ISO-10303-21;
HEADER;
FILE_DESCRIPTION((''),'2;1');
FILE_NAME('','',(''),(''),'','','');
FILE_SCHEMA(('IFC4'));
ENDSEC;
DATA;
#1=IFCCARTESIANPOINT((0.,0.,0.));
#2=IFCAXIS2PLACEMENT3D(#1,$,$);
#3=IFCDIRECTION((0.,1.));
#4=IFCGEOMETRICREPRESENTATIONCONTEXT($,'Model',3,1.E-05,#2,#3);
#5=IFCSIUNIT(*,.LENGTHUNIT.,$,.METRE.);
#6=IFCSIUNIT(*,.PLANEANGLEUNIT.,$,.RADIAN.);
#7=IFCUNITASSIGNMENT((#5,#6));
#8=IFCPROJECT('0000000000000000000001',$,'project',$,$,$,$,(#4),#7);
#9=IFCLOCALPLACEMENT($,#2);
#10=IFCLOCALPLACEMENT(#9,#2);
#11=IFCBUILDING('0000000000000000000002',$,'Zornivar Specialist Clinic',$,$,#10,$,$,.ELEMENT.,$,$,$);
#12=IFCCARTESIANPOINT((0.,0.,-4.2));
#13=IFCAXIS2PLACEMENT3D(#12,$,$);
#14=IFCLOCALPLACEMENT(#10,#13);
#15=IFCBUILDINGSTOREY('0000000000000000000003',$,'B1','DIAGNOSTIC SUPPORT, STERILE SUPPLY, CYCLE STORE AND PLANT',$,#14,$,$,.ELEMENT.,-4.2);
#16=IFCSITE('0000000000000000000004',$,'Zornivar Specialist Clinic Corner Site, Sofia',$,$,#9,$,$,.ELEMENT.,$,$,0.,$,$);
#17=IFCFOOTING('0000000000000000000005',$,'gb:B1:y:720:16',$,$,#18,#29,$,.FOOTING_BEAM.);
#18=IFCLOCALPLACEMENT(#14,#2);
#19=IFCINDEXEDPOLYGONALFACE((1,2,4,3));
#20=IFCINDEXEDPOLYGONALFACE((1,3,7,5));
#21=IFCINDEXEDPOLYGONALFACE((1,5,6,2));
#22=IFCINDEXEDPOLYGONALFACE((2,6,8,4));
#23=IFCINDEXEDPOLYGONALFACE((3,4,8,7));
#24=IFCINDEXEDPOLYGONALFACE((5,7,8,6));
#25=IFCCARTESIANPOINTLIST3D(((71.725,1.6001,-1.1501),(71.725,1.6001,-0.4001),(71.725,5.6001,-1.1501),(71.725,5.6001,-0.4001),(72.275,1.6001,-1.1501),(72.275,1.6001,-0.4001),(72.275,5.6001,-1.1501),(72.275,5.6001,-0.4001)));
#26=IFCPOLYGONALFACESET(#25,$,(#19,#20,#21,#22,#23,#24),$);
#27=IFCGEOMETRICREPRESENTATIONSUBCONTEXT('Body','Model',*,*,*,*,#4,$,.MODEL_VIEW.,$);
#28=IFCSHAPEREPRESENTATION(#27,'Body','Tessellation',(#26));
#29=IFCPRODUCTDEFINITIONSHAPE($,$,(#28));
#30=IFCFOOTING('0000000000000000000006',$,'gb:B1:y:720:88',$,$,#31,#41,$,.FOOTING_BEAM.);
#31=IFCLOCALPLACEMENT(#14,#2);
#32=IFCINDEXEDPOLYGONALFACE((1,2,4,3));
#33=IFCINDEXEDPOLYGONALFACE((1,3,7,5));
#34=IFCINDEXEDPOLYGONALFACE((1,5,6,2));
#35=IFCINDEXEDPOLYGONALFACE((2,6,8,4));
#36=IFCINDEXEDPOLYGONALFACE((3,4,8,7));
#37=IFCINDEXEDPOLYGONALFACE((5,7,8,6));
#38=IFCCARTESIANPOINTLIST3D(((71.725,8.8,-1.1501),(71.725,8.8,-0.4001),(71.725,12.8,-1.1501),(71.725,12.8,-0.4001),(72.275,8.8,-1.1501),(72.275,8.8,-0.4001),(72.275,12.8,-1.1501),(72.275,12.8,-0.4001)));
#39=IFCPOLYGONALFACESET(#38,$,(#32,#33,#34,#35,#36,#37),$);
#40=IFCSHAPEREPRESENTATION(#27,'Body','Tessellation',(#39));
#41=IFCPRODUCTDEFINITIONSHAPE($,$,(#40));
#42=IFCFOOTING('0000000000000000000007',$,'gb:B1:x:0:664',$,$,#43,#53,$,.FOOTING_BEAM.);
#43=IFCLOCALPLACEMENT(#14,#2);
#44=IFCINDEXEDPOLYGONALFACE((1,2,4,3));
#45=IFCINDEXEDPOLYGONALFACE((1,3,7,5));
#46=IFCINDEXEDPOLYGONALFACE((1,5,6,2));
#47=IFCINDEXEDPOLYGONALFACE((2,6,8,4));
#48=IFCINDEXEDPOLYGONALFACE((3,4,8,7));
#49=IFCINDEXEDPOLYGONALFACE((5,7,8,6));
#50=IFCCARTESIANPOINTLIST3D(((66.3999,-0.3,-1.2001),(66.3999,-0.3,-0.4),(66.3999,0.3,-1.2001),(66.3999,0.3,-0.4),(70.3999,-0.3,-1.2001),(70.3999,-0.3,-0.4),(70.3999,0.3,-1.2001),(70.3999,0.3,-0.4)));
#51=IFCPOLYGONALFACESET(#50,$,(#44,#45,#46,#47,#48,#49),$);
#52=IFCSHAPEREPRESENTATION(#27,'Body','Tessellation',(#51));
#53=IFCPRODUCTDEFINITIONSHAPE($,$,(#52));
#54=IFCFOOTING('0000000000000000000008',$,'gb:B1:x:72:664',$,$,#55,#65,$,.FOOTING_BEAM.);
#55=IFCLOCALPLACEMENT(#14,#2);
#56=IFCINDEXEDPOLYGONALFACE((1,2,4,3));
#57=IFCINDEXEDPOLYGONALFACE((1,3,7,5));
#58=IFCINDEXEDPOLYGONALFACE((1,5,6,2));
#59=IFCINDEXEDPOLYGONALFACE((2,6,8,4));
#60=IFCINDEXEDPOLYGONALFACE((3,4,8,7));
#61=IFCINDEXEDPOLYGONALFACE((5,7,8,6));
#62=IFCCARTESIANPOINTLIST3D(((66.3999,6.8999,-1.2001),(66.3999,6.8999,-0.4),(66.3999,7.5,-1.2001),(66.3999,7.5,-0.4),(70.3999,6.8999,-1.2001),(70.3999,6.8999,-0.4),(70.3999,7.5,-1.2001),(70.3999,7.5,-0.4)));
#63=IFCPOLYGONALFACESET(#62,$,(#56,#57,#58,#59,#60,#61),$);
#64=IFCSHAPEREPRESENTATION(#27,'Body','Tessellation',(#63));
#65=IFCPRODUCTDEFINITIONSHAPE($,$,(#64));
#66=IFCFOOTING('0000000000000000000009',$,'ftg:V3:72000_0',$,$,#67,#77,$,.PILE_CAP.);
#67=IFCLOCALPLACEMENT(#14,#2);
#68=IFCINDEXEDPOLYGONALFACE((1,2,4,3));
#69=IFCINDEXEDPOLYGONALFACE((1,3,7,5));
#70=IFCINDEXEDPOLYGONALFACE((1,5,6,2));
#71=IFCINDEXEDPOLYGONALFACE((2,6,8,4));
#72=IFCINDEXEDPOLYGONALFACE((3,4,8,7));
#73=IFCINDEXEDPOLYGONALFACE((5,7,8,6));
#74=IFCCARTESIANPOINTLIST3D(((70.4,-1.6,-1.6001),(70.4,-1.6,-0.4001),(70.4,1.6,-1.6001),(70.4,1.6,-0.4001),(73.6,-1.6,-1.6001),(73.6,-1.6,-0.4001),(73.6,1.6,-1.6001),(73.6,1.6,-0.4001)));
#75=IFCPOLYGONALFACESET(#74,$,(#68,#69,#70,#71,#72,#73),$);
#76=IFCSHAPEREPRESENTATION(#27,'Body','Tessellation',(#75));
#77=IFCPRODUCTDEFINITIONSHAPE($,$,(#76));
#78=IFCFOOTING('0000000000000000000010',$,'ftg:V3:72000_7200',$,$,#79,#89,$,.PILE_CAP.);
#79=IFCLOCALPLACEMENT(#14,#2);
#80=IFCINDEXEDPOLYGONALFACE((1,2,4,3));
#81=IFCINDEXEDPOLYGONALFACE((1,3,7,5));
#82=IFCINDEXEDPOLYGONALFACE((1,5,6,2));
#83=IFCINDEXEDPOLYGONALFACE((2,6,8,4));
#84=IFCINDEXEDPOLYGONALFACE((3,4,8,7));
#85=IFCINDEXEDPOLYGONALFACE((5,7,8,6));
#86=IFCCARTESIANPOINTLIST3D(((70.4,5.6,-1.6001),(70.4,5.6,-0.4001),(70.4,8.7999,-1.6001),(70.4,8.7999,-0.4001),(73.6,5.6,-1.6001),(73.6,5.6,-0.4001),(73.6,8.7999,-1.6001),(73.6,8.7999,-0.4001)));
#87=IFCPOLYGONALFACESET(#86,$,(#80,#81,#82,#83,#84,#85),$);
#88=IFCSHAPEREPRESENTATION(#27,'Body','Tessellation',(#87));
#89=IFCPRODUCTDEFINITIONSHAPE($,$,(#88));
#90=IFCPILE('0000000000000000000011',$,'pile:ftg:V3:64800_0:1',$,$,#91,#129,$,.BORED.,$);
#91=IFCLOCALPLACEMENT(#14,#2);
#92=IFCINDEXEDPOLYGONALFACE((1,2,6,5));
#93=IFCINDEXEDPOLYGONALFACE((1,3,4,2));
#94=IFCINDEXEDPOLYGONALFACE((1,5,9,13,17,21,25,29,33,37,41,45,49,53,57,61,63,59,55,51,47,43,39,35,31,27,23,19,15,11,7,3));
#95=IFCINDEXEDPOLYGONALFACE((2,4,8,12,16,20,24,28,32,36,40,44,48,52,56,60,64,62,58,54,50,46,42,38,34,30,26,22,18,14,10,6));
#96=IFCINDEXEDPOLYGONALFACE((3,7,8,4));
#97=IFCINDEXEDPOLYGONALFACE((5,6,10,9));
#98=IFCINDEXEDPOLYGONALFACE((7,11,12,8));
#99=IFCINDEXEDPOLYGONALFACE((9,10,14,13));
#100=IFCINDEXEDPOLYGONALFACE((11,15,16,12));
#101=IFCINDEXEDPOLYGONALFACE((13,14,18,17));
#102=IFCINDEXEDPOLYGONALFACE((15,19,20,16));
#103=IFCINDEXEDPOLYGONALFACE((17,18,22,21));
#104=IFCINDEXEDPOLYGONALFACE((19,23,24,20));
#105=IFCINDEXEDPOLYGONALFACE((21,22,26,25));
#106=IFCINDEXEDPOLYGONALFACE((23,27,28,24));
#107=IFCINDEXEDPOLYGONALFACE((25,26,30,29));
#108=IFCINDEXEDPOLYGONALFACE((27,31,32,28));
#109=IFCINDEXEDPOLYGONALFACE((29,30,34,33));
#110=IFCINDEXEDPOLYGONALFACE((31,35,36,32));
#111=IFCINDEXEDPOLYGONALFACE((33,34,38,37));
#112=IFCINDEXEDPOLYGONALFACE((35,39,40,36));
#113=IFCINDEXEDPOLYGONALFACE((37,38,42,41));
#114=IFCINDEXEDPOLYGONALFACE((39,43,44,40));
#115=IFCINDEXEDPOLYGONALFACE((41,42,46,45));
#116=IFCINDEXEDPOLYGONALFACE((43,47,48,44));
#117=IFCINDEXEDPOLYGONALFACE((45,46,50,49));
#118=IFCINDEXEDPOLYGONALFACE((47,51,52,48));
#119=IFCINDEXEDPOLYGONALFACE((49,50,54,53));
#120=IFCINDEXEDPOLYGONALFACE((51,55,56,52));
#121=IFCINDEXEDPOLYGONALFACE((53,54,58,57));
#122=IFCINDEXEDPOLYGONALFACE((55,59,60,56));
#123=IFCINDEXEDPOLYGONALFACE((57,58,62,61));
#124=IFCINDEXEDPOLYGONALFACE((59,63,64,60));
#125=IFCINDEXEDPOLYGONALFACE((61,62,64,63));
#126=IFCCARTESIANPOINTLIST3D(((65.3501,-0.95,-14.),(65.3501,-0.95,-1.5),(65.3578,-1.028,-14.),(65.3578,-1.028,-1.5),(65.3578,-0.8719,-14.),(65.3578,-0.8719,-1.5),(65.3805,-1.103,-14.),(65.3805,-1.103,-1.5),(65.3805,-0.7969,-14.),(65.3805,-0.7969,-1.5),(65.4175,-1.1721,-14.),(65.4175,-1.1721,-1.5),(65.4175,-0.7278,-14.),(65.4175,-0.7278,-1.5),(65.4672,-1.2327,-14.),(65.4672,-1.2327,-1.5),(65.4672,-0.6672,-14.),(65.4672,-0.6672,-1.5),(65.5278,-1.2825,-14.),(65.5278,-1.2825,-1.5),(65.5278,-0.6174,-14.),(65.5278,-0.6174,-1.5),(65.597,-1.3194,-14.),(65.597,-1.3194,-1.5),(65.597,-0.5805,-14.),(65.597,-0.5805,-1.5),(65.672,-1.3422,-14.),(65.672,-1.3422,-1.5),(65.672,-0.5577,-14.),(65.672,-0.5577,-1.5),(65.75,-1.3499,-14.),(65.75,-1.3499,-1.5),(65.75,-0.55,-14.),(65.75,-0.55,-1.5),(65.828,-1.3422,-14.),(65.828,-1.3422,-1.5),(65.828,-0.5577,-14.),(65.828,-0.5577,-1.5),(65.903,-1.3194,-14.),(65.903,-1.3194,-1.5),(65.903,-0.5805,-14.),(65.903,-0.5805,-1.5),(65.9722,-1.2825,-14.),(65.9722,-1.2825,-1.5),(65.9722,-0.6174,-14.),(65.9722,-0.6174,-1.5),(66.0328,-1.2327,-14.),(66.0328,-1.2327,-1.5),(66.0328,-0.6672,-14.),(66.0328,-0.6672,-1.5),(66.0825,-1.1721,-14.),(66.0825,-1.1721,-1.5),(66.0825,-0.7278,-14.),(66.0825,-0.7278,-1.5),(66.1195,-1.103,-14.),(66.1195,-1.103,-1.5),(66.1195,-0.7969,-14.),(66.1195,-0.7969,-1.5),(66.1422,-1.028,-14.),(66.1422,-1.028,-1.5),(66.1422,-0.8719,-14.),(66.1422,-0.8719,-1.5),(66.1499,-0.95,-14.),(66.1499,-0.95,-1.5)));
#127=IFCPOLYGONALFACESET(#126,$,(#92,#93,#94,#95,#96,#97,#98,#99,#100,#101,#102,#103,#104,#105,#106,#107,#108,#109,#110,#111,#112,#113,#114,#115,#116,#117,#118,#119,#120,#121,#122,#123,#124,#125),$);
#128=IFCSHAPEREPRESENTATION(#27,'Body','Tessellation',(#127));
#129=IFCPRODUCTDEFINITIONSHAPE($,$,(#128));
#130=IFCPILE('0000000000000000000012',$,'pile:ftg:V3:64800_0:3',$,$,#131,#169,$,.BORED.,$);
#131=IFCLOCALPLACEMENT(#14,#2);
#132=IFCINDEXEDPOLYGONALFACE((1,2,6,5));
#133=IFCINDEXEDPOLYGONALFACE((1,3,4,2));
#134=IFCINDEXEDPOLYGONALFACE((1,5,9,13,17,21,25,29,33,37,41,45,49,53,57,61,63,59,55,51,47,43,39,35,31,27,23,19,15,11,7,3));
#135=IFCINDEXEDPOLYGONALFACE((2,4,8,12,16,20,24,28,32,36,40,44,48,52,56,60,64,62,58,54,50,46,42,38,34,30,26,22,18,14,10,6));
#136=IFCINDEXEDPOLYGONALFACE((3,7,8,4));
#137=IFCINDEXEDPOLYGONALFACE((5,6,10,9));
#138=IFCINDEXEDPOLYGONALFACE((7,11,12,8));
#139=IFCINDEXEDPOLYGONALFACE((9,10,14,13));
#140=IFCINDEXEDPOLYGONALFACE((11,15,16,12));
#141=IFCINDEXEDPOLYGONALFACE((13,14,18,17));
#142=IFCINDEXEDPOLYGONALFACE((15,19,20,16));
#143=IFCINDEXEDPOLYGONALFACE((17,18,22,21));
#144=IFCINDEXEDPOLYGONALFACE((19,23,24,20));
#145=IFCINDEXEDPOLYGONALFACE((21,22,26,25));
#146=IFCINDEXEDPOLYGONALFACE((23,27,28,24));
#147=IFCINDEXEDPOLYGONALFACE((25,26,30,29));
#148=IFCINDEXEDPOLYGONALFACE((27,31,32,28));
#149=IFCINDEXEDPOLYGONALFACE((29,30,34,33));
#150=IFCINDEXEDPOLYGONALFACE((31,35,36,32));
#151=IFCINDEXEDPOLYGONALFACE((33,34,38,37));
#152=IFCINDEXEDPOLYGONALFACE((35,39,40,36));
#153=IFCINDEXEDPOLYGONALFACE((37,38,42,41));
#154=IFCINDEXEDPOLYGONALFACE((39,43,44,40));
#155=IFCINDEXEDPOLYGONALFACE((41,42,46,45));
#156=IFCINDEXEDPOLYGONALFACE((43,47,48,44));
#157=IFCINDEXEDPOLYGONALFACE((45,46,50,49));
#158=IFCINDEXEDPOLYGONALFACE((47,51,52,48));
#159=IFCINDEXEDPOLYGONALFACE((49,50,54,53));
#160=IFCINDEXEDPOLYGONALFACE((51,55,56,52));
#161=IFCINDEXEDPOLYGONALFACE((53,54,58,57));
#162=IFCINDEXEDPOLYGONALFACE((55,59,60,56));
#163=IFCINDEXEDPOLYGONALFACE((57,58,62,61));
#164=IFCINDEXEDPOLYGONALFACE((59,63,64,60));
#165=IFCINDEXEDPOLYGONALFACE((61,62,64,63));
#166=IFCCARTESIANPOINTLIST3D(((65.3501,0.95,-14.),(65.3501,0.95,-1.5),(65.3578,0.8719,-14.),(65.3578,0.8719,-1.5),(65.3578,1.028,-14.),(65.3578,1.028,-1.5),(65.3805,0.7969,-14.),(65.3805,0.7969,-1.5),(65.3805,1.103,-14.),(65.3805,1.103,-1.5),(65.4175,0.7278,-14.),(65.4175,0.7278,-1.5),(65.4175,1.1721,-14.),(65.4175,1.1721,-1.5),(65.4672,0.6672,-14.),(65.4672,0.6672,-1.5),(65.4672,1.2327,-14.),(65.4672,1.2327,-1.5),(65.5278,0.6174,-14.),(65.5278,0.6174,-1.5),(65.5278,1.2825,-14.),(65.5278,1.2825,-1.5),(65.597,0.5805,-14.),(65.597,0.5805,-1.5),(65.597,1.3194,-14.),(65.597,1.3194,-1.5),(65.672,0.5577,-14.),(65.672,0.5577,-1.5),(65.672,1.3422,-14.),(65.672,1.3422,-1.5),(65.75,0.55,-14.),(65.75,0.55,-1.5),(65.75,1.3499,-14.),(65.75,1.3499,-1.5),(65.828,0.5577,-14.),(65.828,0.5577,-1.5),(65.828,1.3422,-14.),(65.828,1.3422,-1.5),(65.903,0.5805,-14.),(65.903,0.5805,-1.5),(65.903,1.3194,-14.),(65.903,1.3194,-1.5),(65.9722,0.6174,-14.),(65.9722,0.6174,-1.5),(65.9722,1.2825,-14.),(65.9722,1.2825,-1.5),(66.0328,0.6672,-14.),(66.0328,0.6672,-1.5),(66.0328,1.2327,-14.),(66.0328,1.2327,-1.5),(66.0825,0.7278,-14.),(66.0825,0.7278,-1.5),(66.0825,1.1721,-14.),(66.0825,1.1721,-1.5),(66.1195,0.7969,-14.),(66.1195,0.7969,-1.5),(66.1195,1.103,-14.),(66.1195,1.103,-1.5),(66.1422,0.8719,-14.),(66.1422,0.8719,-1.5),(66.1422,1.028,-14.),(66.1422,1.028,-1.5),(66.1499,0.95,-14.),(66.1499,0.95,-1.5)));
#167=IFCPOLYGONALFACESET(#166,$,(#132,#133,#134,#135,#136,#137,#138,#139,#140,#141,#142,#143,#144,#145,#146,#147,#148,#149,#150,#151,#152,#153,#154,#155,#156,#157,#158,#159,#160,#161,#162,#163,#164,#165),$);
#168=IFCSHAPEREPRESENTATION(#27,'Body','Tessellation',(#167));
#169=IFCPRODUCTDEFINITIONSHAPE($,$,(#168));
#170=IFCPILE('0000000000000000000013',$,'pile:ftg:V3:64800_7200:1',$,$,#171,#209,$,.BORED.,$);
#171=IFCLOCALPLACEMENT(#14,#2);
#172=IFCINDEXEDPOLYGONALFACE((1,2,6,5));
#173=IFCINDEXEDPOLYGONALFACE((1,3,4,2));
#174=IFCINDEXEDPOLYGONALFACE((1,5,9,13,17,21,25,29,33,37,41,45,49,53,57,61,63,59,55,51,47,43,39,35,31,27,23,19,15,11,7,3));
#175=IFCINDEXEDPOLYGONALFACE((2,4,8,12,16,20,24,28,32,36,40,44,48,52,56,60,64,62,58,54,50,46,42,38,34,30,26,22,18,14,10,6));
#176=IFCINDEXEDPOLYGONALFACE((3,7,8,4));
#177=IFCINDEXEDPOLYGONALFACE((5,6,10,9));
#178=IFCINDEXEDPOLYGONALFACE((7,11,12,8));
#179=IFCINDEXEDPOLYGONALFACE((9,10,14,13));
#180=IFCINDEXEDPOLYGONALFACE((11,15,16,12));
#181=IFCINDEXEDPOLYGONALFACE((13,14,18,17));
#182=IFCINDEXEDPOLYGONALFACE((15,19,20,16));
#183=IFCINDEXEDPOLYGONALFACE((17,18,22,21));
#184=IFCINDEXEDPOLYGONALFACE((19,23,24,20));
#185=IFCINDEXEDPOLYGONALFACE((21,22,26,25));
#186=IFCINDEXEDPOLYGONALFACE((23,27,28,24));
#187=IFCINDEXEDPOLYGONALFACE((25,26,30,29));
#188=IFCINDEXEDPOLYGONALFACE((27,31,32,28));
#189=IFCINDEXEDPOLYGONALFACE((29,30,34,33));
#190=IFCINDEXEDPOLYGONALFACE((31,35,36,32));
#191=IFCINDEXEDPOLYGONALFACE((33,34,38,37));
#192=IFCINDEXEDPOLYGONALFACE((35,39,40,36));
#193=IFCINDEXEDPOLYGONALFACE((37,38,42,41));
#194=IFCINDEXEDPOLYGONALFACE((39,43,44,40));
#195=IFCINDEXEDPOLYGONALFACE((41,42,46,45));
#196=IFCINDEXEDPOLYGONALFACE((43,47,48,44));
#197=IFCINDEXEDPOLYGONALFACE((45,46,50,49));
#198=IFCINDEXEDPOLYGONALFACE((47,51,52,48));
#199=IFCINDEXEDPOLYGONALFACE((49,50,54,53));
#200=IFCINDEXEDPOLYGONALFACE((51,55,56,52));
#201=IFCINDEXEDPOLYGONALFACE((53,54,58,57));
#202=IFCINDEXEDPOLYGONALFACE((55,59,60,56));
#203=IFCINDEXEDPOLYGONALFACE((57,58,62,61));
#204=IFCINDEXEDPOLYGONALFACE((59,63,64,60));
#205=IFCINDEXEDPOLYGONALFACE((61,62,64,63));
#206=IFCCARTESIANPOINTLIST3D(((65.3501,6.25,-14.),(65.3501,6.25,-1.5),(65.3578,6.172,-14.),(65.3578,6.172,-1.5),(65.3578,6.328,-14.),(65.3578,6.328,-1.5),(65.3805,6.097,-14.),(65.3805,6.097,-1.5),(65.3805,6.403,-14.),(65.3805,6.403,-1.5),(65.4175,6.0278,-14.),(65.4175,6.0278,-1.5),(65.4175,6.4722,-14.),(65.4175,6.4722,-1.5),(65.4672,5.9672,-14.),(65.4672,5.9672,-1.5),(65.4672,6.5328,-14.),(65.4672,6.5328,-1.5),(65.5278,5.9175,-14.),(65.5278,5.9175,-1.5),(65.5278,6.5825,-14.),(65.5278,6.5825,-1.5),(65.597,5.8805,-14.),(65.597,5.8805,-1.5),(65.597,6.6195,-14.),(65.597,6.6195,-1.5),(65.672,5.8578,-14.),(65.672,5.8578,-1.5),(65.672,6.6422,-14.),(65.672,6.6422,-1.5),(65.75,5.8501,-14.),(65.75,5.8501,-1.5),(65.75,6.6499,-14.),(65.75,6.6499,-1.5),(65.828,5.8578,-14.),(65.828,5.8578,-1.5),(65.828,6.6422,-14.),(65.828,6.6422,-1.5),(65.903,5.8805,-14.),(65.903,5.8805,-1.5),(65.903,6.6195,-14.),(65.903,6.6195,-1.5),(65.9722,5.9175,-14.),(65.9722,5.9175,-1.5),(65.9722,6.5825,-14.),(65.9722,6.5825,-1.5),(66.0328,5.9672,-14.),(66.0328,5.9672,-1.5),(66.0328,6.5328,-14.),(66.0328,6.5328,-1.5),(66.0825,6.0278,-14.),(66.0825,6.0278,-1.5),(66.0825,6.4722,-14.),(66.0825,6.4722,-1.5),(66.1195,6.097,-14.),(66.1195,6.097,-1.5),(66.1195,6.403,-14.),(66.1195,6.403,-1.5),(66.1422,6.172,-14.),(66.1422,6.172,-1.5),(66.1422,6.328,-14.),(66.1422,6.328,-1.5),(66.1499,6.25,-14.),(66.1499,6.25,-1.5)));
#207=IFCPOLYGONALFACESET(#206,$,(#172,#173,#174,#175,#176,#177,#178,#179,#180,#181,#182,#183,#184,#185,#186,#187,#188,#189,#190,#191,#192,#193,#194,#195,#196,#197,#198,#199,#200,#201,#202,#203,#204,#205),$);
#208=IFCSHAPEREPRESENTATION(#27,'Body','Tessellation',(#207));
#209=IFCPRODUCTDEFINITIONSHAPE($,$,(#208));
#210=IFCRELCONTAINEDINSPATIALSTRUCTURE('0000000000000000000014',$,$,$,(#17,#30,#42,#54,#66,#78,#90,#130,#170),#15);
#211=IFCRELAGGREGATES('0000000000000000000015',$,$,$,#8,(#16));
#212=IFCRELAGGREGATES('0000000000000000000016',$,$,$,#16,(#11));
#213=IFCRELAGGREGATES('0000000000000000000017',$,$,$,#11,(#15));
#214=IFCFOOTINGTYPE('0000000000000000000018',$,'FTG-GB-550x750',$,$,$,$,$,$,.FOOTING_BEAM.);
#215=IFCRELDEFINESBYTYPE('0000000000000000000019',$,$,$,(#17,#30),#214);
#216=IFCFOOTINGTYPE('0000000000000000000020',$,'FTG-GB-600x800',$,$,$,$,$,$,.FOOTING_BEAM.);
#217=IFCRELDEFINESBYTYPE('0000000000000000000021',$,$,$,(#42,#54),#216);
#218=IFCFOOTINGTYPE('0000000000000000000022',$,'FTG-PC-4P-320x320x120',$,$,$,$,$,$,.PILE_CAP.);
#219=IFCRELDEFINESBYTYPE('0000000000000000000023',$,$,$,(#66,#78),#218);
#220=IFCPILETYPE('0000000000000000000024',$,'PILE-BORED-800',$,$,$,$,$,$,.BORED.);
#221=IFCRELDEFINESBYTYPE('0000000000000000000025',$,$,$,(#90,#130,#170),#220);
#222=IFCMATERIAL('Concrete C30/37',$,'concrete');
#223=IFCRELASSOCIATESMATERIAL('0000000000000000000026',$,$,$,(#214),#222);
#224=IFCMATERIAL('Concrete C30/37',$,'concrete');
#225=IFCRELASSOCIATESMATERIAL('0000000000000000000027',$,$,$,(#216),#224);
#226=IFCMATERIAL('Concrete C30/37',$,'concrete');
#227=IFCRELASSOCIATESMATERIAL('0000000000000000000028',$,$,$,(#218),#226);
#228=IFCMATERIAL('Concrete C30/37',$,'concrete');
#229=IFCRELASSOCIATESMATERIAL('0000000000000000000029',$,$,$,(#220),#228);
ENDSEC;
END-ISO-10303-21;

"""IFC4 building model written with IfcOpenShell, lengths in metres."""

from ifc_helpers import new_model, si_unit, direction, frame, origin, origin_2d, place, context, subcontext, project, spatial, rectangle, circle, extrude, material, material_profile, profile_set, type_object, element, save


model = new_model("IFC4")

# Units and contexts
model_context = context("Model", 3, precision=1e-05, world=origin(), true_north=direction((0.0, 1.0)))
body_context = subcontext(model_context, "Body", "Model", "MODEL_VIEW")
ifc_project = project(units=[si_unit("LENGTHUNIT", "METRE"), si_unit("PLANEANGLEUNIT", "RADIAN")], contexts=[model_context])

# Site, building, storey
site_placement = place(None, origin())
site = spatial("IfcSite", under=ifc_project, at=site_placement, Name="Zornivar Specialist Clinic Corner Site, Sofia", CompositionType="ELEMENT", RefElevation=0.0)
building_placement = place(site_placement, origin())
building = spatial("IfcBuilding", under=site, at=building_placement, Name="Zornivar Specialist Clinic", CompositionType="ELEMENT")
storey_placement = place(building_placement, frame((0.0, 0.0, -4.2)))
storey = spatial("IfcBuildingStorey", under=building, at=storey_placement, Name="B1", Description="DIAGNOSTIC SUPPORT, STERILE SUPPLY, CYCLE STORE AND PLANT", CompositionType="ELEMENT", Elevation=-4.2)

# Footings
ifc_material_1 = material(Name="Concrete C30/37", Category="concrete")
ifc_material_profile_1 = material_profile(ifc_material_1, rectangle(XDim=0.55, YDim=0.75, at=origin_2d()), Name="RC 550x750")
ifc_profile_set_1 = profile_set([ifc_material_profile_1], Name="Concrete C30/37")
footing_type_1 = type_object("IfcFootingType", Name="FTG-GB-550x750", PredefinedType="FOOTING_BEAM", material=ifc_profile_set_1)
for number, where, z_axis, x_axis, name in (
    (1, (72.0, 1.6001, -0.7751), (0.0, 1.0, 0.0), (-1.0, 0.0, 0.0), "gb:B1:y:720:16"),
    (2, (72.0, 8.8, -0.7751), (0.0, 1.0, 0.0), (-1.0, 0.0, 0.0), "gb:B1:y:720:88"),
):
    element("IfcFooting", number, at=place(storey_placement, frame(where, z_axis=z_axis, x_axis=x_axis)), inside=storey, type_object=footing_type_1, Name=name, PredefinedType="FOOTING_BEAM", context=body_context, shape_type="SweptSolid", body=[
        extrude(rectangle(XDim=0.55, YDim=0.75, at=origin_2d()), origin(), (0.0, 0.0, 1.0), 4.0),
    ])
ifc_material_2 = material(Name="Concrete C30/37", Category="concrete")
ifc_material_profile_2 = material_profile(ifc_material_2, rectangle(XDim=0.6001, YDim=0.8, at=origin_2d()), Name="RC 600x800")
ifc_profile_set_2 = profile_set([ifc_material_profile_2], Name="Concrete C30/37")
footing_type_2 = type_object("IfcFootingType", Name="FTG-GB-600x800", PredefinedType="FOOTING_BEAM", material=ifc_profile_set_2)
for number, where, z_axis, x_axis, name in (
    (3, (66.3999, 0.0, -0.8), (1.0, 0.0, 0.0), (0.0, 1.0, 0.0), "gb:B1:x:0:664"),
    (4, (66.3999, 7.2, -0.8), (1.0, 0.0, 0.0), (0.0, 1.0, 0.0), "gb:B1:x:72:664"),
):
    element("IfcFooting", number, at=place(storey_placement, frame(where, z_axis=z_axis, x_axis=x_axis)), inside=storey, type_object=footing_type_2, Name=name, PredefinedType="FOOTING_BEAM", context=body_context, shape_type="SweptSolid", body=[
        extrude(rectangle(XDim=0.6001, YDim=0.8, at=origin_2d()), origin(), (0.0, 0.0, 1.0), 4.0),
    ])
ifc_material_3 = material(Name="Concrete C30/37", Category="concrete")
footing_type_3 = type_object("IfcFootingType", Name="FTG-PC-4P-320x320x120", PredefinedType="PILE_CAP", material=ifc_material_3)
for number, where, z_axis, x_axis, name in (
    (5, (72.0, 0.0, -1.6001), (0.0, 0.0, 1.0), (1.0, 0.0, 0.0), "ftg:V3:72000_0"),
    (6, (72.0, 7.2, -1.6001), (0.0, 0.0, 1.0), (1.0, 0.0, 0.0), "ftg:V3:72000_7200"),
):
    element("IfcFooting", number, at=place(storey_placement, frame(where, z_axis=z_axis, x_axis=x_axis)), inside=storey, type_object=footing_type_3, Name=name, PredefinedType="PILE_CAP", context=body_context, shape_type="SweptSolid", body=[
        extrude(rectangle(XDim=3.2, YDim=3.2, at=origin_2d()), origin(), (0.0, 0.0, 1.0), 1.2),
    ])

# Piles
ifc_material_4 = material(Name="Concrete C30/37", Category="concrete")
ifc_material_profile_3 = material_profile(ifc_material_4, circle(Radius=0.3999, at=origin_2d()), Name="PILE D800")
ifc_profile_set_3 = profile_set([ifc_material_profile_3], Name="Concrete C30/37")
pile_type = type_object("IfcPileType", Name="PILE-BORED-800", PredefinedType="BORED", material=ifc_profile_set_3)
for number, where, z_axis, x_axis, name in (
    (7, (65.75, -0.95, -1.5), (0.0, 0.0, -1.0), (1.0, 0.0, 0.0), "pile:ftg:V3:64800_0:1"),
    (8, (65.75, 0.95, -1.5), (0.0, 0.0, -1.0), (1.0, 0.0, 0.0), "pile:ftg:V3:64800_0:3"),
    (9, (65.75, 6.25, -1.5), (0.0, 0.0, -1.0), (1.0, 0.0, 0.0), "pile:ftg:V3:64800_7200:1"),
):
    element("IfcPile", number, at=place(storey_placement, frame(where, z_axis=z_axis, x_axis=x_axis)), inside=storey, type_object=pile_type, Name=name, PredefinedType="BORED", context=body_context, shape_type="SweptSolid", body=[
        extrude(circle(Radius=0.3999, at=origin_2d()), origin(), (0.0, 0.0, 1.0), 12.5),
    ])

save(model, "model.ifc")
